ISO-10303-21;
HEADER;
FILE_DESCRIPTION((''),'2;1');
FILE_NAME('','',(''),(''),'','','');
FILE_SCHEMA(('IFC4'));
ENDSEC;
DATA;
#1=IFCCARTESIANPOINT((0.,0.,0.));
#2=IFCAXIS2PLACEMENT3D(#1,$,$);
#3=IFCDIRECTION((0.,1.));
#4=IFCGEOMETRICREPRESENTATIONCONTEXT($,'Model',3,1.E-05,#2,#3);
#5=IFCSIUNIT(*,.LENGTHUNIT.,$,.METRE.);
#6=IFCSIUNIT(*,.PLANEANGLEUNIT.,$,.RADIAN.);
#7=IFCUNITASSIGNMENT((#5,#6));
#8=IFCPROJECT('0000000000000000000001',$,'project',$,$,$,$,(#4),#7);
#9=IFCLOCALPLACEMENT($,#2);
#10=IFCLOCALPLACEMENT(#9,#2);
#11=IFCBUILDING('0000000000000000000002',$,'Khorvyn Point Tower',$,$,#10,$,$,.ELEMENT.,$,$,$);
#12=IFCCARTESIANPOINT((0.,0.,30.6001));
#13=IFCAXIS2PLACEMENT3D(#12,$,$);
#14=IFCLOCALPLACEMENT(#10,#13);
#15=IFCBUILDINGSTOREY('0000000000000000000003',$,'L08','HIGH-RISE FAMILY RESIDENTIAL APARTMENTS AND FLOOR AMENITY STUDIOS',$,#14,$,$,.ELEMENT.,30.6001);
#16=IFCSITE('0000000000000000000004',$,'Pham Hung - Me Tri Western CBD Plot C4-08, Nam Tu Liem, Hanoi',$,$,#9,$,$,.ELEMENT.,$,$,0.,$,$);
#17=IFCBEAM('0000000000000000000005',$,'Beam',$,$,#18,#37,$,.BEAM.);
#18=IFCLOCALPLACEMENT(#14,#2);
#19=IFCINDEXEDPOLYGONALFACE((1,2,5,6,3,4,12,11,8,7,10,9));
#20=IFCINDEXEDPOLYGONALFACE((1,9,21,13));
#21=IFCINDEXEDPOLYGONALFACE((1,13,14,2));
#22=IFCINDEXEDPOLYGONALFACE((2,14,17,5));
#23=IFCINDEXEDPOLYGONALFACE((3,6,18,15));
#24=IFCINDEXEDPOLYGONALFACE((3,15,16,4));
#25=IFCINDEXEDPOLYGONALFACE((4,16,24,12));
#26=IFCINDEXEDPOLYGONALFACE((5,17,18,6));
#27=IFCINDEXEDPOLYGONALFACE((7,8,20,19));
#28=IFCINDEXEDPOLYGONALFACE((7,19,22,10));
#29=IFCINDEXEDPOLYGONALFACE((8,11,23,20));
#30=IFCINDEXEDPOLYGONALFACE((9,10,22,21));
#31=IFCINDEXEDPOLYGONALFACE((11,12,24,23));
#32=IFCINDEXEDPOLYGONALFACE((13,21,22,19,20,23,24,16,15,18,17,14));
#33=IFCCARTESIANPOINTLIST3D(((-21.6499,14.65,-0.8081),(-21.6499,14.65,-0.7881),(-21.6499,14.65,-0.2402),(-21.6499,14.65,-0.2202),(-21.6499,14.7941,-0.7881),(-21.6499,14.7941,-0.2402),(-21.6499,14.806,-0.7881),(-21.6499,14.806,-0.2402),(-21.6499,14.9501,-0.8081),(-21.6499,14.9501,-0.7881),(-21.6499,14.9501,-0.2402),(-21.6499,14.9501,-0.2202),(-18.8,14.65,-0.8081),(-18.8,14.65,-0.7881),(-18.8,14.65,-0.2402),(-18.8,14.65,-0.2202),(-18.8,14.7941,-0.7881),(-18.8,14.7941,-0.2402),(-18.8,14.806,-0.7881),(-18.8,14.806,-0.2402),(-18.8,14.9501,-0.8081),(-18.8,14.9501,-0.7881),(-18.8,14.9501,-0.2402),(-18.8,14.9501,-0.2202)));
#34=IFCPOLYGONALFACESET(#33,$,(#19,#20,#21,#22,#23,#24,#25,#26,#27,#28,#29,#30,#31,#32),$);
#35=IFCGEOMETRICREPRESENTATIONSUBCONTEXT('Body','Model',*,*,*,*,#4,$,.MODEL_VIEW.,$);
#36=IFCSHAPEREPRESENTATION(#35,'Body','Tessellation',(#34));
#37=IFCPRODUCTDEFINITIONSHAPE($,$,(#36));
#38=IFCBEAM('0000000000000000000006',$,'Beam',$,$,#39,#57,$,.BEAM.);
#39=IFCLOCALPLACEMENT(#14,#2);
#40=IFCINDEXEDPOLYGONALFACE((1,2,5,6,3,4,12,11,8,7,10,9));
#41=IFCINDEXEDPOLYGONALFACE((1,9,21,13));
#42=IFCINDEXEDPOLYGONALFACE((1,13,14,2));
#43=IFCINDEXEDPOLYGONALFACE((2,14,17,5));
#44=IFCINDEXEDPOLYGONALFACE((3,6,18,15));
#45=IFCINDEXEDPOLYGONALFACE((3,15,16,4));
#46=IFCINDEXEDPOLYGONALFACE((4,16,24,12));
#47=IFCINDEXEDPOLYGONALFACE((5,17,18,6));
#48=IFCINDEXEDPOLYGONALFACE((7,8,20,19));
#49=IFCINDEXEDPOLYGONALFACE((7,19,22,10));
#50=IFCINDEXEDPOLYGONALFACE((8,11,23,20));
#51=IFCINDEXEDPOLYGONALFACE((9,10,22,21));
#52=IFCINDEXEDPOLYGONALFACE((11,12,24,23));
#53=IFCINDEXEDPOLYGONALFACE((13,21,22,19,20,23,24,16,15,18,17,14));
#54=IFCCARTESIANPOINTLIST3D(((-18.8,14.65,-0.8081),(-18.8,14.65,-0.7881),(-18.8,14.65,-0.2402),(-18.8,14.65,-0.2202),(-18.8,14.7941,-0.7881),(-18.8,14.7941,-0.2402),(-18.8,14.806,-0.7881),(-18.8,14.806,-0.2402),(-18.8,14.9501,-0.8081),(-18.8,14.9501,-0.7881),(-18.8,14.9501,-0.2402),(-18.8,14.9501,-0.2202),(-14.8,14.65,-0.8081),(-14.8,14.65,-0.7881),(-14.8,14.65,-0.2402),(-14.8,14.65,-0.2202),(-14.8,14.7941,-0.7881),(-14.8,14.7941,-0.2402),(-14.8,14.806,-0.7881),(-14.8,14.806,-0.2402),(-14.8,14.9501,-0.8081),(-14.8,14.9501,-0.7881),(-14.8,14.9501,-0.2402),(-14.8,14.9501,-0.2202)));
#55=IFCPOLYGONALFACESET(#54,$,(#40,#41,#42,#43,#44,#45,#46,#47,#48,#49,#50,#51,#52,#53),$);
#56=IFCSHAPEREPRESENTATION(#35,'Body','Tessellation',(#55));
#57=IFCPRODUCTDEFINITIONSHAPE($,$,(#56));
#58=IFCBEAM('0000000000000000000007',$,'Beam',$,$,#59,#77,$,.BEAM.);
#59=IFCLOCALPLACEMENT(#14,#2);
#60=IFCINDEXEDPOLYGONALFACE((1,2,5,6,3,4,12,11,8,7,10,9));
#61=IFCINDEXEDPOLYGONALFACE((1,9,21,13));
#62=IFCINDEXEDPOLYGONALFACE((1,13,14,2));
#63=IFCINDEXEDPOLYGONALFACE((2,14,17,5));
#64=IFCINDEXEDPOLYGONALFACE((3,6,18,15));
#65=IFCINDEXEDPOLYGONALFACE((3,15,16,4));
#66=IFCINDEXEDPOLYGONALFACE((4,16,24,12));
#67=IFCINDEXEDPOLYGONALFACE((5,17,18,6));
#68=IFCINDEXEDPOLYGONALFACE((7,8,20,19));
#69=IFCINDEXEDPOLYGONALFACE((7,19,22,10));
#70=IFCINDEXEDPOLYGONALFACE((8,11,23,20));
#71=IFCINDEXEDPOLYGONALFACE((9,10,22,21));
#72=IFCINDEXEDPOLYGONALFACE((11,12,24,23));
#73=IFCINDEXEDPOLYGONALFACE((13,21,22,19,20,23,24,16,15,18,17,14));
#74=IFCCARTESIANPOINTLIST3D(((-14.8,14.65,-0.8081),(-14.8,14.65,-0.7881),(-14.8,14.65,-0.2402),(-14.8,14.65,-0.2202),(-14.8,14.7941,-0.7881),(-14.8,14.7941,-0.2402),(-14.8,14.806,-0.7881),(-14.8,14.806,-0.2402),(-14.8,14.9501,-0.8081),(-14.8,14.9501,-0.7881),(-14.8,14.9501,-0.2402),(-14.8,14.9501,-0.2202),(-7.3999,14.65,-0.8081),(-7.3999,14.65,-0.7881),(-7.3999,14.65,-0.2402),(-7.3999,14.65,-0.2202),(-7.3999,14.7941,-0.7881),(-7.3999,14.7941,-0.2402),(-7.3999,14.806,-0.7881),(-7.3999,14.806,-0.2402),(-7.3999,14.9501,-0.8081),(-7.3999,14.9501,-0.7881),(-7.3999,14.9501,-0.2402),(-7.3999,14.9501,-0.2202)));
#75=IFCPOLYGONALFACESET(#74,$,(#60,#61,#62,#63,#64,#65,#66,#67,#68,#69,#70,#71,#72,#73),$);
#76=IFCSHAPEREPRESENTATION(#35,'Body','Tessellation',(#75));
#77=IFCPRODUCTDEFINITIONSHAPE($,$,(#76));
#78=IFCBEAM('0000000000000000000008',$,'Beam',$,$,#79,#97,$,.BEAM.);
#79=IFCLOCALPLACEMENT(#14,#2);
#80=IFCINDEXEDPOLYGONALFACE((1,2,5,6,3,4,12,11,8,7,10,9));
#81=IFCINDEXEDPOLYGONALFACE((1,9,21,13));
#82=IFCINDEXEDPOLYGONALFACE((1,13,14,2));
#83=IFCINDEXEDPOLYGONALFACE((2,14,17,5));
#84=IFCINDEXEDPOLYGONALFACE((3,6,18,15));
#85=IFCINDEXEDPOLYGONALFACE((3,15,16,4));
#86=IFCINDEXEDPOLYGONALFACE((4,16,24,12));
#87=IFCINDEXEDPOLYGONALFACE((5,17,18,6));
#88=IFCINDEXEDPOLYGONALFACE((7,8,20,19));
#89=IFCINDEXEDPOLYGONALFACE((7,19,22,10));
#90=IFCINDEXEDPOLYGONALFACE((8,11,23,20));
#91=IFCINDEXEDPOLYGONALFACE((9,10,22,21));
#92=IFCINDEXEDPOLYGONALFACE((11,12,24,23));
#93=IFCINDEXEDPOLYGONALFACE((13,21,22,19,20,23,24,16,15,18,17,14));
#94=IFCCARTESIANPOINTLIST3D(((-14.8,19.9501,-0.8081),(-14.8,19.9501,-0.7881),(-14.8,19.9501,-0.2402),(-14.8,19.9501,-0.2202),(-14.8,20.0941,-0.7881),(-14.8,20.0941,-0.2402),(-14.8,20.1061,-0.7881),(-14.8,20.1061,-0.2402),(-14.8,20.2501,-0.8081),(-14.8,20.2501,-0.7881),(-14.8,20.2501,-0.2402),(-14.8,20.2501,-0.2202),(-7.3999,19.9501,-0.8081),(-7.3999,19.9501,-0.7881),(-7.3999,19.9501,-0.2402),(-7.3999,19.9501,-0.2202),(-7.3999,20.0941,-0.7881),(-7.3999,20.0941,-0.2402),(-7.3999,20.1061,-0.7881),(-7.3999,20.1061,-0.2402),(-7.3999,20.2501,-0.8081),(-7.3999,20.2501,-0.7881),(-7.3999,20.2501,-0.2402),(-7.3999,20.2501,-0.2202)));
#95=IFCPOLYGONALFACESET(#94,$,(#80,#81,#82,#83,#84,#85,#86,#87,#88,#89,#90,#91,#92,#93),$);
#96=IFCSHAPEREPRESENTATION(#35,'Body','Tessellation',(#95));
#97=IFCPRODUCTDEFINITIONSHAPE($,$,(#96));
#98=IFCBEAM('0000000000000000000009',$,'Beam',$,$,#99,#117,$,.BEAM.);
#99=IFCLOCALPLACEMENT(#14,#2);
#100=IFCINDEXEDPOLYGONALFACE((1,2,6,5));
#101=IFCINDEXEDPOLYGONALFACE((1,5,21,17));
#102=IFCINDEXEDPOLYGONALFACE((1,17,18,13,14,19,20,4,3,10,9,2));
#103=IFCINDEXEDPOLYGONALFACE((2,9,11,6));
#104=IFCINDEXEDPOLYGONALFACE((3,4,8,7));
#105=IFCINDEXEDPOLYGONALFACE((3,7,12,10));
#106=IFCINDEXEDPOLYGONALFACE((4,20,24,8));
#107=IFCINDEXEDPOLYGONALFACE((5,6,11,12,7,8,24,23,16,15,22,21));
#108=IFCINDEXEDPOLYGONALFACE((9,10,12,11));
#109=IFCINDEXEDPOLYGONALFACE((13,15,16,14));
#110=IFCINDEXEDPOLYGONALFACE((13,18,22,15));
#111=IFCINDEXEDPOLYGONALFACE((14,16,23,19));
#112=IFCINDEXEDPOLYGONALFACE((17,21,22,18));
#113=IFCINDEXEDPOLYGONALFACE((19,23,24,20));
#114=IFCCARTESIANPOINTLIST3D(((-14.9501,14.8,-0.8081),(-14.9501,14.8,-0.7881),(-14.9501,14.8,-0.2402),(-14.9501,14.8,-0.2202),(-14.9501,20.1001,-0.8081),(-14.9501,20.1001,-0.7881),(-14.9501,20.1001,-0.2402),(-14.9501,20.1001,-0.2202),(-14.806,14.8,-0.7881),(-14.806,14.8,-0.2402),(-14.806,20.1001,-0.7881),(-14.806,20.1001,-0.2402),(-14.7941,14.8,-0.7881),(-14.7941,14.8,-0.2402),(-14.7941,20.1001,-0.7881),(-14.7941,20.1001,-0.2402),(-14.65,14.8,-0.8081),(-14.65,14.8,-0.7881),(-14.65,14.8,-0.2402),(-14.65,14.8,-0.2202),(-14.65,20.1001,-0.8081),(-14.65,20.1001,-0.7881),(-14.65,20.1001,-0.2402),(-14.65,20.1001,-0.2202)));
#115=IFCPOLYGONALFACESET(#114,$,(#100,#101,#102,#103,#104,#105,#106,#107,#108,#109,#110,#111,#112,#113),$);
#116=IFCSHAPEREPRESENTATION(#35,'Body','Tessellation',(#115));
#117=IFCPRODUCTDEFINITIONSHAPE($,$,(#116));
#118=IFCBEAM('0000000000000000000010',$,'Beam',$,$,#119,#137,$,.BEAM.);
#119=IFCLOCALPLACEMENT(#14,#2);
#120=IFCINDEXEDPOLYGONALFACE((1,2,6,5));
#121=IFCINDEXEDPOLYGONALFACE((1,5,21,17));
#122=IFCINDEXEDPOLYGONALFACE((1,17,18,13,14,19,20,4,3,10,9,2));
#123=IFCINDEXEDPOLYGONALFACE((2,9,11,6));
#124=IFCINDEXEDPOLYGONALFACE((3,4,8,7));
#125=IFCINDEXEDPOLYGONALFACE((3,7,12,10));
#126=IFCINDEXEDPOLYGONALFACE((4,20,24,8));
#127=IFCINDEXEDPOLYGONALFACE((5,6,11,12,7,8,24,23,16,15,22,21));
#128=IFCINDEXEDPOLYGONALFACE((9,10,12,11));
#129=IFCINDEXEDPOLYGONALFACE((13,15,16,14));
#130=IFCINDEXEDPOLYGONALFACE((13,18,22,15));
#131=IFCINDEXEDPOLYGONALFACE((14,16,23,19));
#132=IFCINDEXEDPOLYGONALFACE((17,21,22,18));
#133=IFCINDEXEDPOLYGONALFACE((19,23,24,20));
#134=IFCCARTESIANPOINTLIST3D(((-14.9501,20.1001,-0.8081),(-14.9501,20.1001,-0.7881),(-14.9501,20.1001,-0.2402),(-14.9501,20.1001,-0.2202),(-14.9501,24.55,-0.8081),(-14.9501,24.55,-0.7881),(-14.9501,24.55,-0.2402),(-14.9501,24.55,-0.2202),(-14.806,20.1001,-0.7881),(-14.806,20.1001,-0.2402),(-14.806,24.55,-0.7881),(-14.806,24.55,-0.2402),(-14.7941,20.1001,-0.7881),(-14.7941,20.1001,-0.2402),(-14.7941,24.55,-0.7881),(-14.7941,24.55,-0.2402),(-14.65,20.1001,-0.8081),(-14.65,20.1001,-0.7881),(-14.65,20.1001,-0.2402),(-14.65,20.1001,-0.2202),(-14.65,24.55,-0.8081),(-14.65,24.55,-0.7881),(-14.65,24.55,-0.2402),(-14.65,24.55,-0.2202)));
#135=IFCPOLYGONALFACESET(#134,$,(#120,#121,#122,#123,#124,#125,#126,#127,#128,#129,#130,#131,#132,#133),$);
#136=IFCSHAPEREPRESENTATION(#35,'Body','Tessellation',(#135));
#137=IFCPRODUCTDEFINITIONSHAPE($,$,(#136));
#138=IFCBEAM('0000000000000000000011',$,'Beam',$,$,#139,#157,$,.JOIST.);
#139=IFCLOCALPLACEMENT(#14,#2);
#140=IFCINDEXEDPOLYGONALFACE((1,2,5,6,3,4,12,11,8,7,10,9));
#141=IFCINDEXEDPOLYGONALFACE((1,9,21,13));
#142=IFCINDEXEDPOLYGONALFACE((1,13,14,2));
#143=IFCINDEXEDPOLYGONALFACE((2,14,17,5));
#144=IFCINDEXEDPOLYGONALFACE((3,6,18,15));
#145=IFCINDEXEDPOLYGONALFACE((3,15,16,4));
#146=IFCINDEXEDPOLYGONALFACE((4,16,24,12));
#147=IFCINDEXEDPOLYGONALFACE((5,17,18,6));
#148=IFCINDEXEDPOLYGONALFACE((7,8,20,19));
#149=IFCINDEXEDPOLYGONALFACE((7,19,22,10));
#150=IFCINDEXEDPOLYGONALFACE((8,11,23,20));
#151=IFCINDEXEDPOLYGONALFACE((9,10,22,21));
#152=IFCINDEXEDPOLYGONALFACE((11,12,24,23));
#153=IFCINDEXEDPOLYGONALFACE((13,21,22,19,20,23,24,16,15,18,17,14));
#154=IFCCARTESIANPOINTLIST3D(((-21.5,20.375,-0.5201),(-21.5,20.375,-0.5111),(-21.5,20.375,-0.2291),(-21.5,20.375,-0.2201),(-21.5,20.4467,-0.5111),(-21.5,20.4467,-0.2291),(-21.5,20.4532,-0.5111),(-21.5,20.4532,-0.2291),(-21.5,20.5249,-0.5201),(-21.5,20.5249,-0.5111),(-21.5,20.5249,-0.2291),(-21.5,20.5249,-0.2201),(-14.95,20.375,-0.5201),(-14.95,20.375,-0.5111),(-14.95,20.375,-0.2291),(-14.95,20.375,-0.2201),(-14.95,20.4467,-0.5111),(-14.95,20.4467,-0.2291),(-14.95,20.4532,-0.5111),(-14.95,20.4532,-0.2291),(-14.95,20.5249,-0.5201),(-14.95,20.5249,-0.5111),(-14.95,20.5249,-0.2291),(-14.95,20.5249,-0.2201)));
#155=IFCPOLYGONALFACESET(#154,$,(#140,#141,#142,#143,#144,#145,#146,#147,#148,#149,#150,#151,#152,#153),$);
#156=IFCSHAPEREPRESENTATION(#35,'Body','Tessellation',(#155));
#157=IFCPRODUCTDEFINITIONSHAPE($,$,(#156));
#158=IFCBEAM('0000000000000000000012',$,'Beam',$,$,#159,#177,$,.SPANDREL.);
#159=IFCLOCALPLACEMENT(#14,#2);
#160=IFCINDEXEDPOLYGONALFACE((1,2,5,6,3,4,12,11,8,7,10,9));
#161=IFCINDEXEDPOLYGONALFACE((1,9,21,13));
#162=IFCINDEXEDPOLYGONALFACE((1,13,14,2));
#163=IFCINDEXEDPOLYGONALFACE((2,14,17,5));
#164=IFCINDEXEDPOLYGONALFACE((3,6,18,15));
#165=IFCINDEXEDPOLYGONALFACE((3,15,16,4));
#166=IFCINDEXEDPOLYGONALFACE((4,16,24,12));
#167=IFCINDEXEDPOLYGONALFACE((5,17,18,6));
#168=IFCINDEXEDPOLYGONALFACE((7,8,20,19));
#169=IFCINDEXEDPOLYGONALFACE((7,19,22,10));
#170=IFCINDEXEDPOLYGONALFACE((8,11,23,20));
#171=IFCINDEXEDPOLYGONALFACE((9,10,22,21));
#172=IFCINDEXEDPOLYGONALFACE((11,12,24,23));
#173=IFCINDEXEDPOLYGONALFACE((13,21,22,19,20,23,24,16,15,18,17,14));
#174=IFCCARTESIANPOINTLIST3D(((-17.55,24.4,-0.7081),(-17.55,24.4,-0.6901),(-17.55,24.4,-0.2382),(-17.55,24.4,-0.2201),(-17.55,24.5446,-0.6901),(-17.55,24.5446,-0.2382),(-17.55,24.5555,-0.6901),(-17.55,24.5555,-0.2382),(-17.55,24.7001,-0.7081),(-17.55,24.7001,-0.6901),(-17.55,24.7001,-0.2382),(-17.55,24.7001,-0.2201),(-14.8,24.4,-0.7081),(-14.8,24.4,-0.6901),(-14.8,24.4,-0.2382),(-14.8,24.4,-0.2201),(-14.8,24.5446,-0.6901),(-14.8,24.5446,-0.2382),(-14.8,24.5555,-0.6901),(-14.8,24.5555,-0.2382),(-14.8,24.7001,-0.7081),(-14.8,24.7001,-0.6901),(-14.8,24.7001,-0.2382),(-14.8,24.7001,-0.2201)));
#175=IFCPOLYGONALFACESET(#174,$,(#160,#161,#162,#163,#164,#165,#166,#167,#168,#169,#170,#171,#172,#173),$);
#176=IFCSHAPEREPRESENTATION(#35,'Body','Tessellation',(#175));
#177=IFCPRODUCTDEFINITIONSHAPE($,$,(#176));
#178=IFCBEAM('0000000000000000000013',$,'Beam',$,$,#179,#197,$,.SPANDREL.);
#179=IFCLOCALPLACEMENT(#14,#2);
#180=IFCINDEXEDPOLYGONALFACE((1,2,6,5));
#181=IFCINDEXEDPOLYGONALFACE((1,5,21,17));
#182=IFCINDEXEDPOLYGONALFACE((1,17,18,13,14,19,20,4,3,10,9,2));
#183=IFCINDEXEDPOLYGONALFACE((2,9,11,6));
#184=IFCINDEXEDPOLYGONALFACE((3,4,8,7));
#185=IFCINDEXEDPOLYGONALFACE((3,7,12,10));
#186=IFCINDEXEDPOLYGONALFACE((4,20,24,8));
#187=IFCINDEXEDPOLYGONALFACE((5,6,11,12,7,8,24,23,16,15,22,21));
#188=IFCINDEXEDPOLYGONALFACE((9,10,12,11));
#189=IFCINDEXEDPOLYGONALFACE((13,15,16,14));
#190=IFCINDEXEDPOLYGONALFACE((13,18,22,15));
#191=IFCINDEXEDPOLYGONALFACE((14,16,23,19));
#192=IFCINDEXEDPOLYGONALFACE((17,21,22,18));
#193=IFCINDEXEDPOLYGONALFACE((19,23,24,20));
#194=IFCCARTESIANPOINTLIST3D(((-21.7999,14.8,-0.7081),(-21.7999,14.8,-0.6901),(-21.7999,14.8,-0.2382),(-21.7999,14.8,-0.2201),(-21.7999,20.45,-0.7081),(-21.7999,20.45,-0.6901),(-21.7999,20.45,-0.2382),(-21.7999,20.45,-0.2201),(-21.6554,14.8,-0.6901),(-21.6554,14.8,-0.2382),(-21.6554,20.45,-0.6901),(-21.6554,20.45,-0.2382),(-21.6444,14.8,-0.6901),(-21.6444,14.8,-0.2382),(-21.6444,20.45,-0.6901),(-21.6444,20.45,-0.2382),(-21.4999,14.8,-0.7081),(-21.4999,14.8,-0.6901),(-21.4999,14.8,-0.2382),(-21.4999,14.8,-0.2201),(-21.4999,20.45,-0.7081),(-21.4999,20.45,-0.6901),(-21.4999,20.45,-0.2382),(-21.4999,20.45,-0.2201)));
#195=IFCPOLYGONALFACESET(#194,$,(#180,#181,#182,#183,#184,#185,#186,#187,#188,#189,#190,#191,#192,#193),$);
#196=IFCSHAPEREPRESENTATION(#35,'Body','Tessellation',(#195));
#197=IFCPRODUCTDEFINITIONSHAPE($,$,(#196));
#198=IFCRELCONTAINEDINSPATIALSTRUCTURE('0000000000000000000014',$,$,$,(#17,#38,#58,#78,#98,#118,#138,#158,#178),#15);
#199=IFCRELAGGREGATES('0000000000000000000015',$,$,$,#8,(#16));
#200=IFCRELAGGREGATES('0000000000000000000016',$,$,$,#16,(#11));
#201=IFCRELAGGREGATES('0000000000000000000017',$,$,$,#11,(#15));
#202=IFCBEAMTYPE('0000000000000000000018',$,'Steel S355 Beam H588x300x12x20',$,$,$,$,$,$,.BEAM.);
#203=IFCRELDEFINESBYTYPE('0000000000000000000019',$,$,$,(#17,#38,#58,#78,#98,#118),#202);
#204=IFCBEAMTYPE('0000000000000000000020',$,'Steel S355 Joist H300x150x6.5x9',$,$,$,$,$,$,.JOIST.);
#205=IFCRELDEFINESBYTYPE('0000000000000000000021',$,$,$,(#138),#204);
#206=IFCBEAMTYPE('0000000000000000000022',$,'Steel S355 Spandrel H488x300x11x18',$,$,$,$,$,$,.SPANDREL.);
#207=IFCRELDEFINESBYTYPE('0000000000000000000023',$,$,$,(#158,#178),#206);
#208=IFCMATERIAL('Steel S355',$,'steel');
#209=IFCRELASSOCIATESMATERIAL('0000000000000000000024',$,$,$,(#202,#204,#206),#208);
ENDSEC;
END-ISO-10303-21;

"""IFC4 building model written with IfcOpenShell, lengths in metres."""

from ifc_helpers import new_model, si_unit, direction, frame, origin, origin_2d, place, context, subcontext, project, spatial, i_section, extrude, material, material_profile, profile_set, type_object, element, save


model = new_model("IFC4")

# Units and contexts
model_context = context("Model", 3, precision=1e-05, world=origin(), true_north=direction((0.0, 1.0)))
body_context = subcontext(model_context, "Body", "Model", "MODEL_VIEW")
ifc_project = project(units=[si_unit("LENGTHUNIT", "METRE"), si_unit("PLANEANGLEUNIT", "RADIAN")], contexts=[model_context])

# Site, building, storey
site_placement = place(None, origin())
site = spatial("IfcSite", under=ifc_project, at=site_placement, Name="Pham Hung - Me Tri Western CBD Plot C4-08, Nam Tu Liem, Hanoi", CompositionType="ELEMENT", RefElevation=0.0)
building_placement = place(site_placement, origin())
building = spatial("IfcBuilding", under=site, at=building_placement, Name="Khorvyn Point Tower", CompositionType="ELEMENT")
storey_placement = place(building_placement, frame((0.0, 0.0, 30.6001)))
storey = spatial("IfcBuildingStorey", under=building, at=storey_placement, Name="L08", Description="HIGH-RISE FAMILY RESIDENTIAL APARTMENTS AND FLOOR AMENITY STUDIOS", CompositionType="ELEMENT", Elevation=30.6001)

# Beams
ifc_material_1 = material(Name="Steel S355", Category="steel")
ifc_material_profile_1 = material_profile(ifc_material_1, i_section(OverallWidth=0.3, OverallDepth=0.5879, WebThickness=0.012, FlangeThickness=0.02, at=origin_2d()))
ifc_profile_set_1 = profile_set([ifc_material_profile_1], Name="Steel S355 H588x300x12x20")
beam_type_1 = type_object("IfcBeamType", Name="Steel S355 Beam H588x300x12x20", PredefinedType="BEAM", material=ifc_profile_set_1)
beam_1_placement = place(storey_placement, frame((-21.6499, 14.8, -0.5142), z_axis=(1.0, 0.0, 0.0), x_axis=(0.0, 1.0, 0.0)))
element("IfcBeam", 1, at=beam_1_placement, inside=storey, type_object=beam_type_1, Name="Beam", PredefinedType="BEAM", context=body_context, shape_type="SweptSolid", body=[
    extrude(i_section(OverallWidth=0.3, OverallDepth=0.5879, WebThickness=0.012, FlangeThickness=0.02, at=origin_2d()), origin(), (0.0, 0.0, 1.0), 2.8499),
])
beam_2_placement = place(storey_placement, frame((-18.8, 14.8, -0.5142), z_axis=(1.0, 0.0, 0.0), x_axis=(0.0, 1.0, 0.0)))
element("IfcBeam", 2, at=beam_2_placement, inside=storey, type_object=beam_type_1, Name="Beam", PredefinedType="BEAM", context=body_context, shape_type="SweptSolid", body=[
    extrude(i_section(OverallWidth=0.3, OverallDepth=0.5879, WebThickness=0.012, FlangeThickness=0.02, at=origin_2d()), origin(), (0.0, 0.0, 1.0), 4.0),
])
for number, where, z_axis, x_axis, name in (
    (3, (-14.8, 14.8, -0.5142), (1.0, 0.0, 0.0), (0.0, 1.0, 0.0), "Beam"),
    (4, (-14.8, 20.1001, -0.5142), (1.0, 0.0, 0.0), (0.0, 1.0, 0.0), "Beam"),
):
    element("IfcBeam", number, at=place(storey_placement, frame(where, z_axis=z_axis, x_axis=x_axis)), inside=storey, type_object=beam_type_1, Name=name, PredefinedType="BEAM", context=body_context, shape_type="SweptSolid", body=[
        extrude(i_section(OverallWidth=0.3, OverallDepth=0.5879, WebThickness=0.012, FlangeThickness=0.02, at=origin_2d()), origin(), (0.0, 0.0, 1.0), 7.4001),
    ])
beam_3_placement = place(storey_placement, frame((-14.8, 14.8, -0.5142), z_axis=(0.0, 1.0, 0.0), x_axis=(-1.0, 0.0, 0.0)))
element("IfcBeam", 5, at=beam_3_placement, inside=storey, type_object=beam_type_1, Name="Beam", PredefinedType="BEAM", context=body_context, shape_type="SweptSolid", body=[
    extrude(i_section(OverallWidth=0.3, OverallDepth=0.5879, WebThickness=0.012, FlangeThickness=0.02, at=origin_2d()), origin(), (0.0, 0.0, 1.0), 5.3),
])
beam_4_placement = place(storey_placement, frame((-14.8, 20.1001, -0.5142), z_axis=(0.0, 1.0, 0.0), x_axis=(-1.0, 0.0, 0.0)))
element("IfcBeam", 6, at=beam_4_placement, inside=storey, type_object=beam_type_1, Name="Beam", PredefinedType="BEAM", context=body_context, shape_type="SweptSolid", body=[
    extrude(i_section(OverallWidth=0.3, OverallDepth=0.5879, WebThickness=0.012, FlangeThickness=0.02, at=origin_2d()), origin(), (0.0, 0.0, 1.0), 4.45),
])
ifc_material_profile_2 = material_profile(ifc_material_1, i_section(OverallWidth=0.1499, OverallDepth=0.3, WebThickness=0.0066, FlangeThickness=0.009, at=origin_2d()))
ifc_profile_set_2 = profile_set([ifc_material_profile_2], Name="Steel S355 H300x150x6.5x9")
beam_type_2 = type_object("IfcBeamType", Name="Steel S355 Joist H300x150x6.5x9", PredefinedType="JOIST", material=ifc_profile_set_2)
beam_5_placement = place(storey_placement, frame((-21.5, 20.45, -0.3701), z_axis=(1.0, 0.0, 0.0), x_axis=(0.0, 1.0, 0.0)))
element("IfcBeam", 7, at=beam_5_placement, inside=storey, type_object=beam_type_2, Name="Beam", PredefinedType="JOIST", context=body_context, shape_type="SweptSolid", body=[
    extrude(i_section(OverallWidth=0.1499, OverallDepth=0.3, WebThickness=0.0066, FlangeThickness=0.009, at=origin_2d()), origin(), (0.0, 0.0, 1.0), 6.55),
])
ifc_material_profile_3 = material_profile(ifc_material_1, i_section(OverallWidth=0.3, OverallDepth=0.488, WebThickness=0.011, FlangeThickness=0.0181, at=origin_2d()))
ifc_profile_set_3 = profile_set([ifc_material_profile_3], Name="Steel S355 H488x300x11x18")
beam_type_3 = type_object("IfcBeamType", Name="Steel S355 Spandrel H488x300x11x18", PredefinedType="SPANDREL", material=ifc_profile_set_3)
beam_6_placement = place(storey_placement, frame((-17.55, 24.55, -0.4641), z_axis=(1.0, 0.0, 0.0), x_axis=(0.0, 1.0, 0.0)))
element("IfcBeam", 8, at=beam_6_placement, inside=storey, type_object=beam_type_3, Name="Beam", PredefinedType="SPANDREL", context=body_context, shape_type="SweptSolid", body=[
    extrude(i_section(OverallWidth=0.3, OverallDepth=0.488, WebThickness=0.011, FlangeThickness=0.0181, at=origin_2d()), origin(), (0.0, 0.0, 1.0), 2.75),
])
beam_7_placement = place(storey_placement, frame((-21.6499, 14.8, -0.4641), z_axis=(0.0, 1.0, 0.0), x_axis=(-1.0, 0.0, 0.0)))
element("IfcBeam", 9, at=beam_7_placement, inside=storey, type_object=beam_type_3, Name="Beam", PredefinedType="SPANDREL", context=body_context, shape_type="SweptSolid", body=[
    extrude(i_section(OverallWidth=0.3, OverallDepth=0.488, WebThickness=0.011, FlangeThickness=0.0181, at=origin_2d()), origin(), (0.0, 0.0, 1.0), 5.6499),
])

save(model, "model.ifc")
